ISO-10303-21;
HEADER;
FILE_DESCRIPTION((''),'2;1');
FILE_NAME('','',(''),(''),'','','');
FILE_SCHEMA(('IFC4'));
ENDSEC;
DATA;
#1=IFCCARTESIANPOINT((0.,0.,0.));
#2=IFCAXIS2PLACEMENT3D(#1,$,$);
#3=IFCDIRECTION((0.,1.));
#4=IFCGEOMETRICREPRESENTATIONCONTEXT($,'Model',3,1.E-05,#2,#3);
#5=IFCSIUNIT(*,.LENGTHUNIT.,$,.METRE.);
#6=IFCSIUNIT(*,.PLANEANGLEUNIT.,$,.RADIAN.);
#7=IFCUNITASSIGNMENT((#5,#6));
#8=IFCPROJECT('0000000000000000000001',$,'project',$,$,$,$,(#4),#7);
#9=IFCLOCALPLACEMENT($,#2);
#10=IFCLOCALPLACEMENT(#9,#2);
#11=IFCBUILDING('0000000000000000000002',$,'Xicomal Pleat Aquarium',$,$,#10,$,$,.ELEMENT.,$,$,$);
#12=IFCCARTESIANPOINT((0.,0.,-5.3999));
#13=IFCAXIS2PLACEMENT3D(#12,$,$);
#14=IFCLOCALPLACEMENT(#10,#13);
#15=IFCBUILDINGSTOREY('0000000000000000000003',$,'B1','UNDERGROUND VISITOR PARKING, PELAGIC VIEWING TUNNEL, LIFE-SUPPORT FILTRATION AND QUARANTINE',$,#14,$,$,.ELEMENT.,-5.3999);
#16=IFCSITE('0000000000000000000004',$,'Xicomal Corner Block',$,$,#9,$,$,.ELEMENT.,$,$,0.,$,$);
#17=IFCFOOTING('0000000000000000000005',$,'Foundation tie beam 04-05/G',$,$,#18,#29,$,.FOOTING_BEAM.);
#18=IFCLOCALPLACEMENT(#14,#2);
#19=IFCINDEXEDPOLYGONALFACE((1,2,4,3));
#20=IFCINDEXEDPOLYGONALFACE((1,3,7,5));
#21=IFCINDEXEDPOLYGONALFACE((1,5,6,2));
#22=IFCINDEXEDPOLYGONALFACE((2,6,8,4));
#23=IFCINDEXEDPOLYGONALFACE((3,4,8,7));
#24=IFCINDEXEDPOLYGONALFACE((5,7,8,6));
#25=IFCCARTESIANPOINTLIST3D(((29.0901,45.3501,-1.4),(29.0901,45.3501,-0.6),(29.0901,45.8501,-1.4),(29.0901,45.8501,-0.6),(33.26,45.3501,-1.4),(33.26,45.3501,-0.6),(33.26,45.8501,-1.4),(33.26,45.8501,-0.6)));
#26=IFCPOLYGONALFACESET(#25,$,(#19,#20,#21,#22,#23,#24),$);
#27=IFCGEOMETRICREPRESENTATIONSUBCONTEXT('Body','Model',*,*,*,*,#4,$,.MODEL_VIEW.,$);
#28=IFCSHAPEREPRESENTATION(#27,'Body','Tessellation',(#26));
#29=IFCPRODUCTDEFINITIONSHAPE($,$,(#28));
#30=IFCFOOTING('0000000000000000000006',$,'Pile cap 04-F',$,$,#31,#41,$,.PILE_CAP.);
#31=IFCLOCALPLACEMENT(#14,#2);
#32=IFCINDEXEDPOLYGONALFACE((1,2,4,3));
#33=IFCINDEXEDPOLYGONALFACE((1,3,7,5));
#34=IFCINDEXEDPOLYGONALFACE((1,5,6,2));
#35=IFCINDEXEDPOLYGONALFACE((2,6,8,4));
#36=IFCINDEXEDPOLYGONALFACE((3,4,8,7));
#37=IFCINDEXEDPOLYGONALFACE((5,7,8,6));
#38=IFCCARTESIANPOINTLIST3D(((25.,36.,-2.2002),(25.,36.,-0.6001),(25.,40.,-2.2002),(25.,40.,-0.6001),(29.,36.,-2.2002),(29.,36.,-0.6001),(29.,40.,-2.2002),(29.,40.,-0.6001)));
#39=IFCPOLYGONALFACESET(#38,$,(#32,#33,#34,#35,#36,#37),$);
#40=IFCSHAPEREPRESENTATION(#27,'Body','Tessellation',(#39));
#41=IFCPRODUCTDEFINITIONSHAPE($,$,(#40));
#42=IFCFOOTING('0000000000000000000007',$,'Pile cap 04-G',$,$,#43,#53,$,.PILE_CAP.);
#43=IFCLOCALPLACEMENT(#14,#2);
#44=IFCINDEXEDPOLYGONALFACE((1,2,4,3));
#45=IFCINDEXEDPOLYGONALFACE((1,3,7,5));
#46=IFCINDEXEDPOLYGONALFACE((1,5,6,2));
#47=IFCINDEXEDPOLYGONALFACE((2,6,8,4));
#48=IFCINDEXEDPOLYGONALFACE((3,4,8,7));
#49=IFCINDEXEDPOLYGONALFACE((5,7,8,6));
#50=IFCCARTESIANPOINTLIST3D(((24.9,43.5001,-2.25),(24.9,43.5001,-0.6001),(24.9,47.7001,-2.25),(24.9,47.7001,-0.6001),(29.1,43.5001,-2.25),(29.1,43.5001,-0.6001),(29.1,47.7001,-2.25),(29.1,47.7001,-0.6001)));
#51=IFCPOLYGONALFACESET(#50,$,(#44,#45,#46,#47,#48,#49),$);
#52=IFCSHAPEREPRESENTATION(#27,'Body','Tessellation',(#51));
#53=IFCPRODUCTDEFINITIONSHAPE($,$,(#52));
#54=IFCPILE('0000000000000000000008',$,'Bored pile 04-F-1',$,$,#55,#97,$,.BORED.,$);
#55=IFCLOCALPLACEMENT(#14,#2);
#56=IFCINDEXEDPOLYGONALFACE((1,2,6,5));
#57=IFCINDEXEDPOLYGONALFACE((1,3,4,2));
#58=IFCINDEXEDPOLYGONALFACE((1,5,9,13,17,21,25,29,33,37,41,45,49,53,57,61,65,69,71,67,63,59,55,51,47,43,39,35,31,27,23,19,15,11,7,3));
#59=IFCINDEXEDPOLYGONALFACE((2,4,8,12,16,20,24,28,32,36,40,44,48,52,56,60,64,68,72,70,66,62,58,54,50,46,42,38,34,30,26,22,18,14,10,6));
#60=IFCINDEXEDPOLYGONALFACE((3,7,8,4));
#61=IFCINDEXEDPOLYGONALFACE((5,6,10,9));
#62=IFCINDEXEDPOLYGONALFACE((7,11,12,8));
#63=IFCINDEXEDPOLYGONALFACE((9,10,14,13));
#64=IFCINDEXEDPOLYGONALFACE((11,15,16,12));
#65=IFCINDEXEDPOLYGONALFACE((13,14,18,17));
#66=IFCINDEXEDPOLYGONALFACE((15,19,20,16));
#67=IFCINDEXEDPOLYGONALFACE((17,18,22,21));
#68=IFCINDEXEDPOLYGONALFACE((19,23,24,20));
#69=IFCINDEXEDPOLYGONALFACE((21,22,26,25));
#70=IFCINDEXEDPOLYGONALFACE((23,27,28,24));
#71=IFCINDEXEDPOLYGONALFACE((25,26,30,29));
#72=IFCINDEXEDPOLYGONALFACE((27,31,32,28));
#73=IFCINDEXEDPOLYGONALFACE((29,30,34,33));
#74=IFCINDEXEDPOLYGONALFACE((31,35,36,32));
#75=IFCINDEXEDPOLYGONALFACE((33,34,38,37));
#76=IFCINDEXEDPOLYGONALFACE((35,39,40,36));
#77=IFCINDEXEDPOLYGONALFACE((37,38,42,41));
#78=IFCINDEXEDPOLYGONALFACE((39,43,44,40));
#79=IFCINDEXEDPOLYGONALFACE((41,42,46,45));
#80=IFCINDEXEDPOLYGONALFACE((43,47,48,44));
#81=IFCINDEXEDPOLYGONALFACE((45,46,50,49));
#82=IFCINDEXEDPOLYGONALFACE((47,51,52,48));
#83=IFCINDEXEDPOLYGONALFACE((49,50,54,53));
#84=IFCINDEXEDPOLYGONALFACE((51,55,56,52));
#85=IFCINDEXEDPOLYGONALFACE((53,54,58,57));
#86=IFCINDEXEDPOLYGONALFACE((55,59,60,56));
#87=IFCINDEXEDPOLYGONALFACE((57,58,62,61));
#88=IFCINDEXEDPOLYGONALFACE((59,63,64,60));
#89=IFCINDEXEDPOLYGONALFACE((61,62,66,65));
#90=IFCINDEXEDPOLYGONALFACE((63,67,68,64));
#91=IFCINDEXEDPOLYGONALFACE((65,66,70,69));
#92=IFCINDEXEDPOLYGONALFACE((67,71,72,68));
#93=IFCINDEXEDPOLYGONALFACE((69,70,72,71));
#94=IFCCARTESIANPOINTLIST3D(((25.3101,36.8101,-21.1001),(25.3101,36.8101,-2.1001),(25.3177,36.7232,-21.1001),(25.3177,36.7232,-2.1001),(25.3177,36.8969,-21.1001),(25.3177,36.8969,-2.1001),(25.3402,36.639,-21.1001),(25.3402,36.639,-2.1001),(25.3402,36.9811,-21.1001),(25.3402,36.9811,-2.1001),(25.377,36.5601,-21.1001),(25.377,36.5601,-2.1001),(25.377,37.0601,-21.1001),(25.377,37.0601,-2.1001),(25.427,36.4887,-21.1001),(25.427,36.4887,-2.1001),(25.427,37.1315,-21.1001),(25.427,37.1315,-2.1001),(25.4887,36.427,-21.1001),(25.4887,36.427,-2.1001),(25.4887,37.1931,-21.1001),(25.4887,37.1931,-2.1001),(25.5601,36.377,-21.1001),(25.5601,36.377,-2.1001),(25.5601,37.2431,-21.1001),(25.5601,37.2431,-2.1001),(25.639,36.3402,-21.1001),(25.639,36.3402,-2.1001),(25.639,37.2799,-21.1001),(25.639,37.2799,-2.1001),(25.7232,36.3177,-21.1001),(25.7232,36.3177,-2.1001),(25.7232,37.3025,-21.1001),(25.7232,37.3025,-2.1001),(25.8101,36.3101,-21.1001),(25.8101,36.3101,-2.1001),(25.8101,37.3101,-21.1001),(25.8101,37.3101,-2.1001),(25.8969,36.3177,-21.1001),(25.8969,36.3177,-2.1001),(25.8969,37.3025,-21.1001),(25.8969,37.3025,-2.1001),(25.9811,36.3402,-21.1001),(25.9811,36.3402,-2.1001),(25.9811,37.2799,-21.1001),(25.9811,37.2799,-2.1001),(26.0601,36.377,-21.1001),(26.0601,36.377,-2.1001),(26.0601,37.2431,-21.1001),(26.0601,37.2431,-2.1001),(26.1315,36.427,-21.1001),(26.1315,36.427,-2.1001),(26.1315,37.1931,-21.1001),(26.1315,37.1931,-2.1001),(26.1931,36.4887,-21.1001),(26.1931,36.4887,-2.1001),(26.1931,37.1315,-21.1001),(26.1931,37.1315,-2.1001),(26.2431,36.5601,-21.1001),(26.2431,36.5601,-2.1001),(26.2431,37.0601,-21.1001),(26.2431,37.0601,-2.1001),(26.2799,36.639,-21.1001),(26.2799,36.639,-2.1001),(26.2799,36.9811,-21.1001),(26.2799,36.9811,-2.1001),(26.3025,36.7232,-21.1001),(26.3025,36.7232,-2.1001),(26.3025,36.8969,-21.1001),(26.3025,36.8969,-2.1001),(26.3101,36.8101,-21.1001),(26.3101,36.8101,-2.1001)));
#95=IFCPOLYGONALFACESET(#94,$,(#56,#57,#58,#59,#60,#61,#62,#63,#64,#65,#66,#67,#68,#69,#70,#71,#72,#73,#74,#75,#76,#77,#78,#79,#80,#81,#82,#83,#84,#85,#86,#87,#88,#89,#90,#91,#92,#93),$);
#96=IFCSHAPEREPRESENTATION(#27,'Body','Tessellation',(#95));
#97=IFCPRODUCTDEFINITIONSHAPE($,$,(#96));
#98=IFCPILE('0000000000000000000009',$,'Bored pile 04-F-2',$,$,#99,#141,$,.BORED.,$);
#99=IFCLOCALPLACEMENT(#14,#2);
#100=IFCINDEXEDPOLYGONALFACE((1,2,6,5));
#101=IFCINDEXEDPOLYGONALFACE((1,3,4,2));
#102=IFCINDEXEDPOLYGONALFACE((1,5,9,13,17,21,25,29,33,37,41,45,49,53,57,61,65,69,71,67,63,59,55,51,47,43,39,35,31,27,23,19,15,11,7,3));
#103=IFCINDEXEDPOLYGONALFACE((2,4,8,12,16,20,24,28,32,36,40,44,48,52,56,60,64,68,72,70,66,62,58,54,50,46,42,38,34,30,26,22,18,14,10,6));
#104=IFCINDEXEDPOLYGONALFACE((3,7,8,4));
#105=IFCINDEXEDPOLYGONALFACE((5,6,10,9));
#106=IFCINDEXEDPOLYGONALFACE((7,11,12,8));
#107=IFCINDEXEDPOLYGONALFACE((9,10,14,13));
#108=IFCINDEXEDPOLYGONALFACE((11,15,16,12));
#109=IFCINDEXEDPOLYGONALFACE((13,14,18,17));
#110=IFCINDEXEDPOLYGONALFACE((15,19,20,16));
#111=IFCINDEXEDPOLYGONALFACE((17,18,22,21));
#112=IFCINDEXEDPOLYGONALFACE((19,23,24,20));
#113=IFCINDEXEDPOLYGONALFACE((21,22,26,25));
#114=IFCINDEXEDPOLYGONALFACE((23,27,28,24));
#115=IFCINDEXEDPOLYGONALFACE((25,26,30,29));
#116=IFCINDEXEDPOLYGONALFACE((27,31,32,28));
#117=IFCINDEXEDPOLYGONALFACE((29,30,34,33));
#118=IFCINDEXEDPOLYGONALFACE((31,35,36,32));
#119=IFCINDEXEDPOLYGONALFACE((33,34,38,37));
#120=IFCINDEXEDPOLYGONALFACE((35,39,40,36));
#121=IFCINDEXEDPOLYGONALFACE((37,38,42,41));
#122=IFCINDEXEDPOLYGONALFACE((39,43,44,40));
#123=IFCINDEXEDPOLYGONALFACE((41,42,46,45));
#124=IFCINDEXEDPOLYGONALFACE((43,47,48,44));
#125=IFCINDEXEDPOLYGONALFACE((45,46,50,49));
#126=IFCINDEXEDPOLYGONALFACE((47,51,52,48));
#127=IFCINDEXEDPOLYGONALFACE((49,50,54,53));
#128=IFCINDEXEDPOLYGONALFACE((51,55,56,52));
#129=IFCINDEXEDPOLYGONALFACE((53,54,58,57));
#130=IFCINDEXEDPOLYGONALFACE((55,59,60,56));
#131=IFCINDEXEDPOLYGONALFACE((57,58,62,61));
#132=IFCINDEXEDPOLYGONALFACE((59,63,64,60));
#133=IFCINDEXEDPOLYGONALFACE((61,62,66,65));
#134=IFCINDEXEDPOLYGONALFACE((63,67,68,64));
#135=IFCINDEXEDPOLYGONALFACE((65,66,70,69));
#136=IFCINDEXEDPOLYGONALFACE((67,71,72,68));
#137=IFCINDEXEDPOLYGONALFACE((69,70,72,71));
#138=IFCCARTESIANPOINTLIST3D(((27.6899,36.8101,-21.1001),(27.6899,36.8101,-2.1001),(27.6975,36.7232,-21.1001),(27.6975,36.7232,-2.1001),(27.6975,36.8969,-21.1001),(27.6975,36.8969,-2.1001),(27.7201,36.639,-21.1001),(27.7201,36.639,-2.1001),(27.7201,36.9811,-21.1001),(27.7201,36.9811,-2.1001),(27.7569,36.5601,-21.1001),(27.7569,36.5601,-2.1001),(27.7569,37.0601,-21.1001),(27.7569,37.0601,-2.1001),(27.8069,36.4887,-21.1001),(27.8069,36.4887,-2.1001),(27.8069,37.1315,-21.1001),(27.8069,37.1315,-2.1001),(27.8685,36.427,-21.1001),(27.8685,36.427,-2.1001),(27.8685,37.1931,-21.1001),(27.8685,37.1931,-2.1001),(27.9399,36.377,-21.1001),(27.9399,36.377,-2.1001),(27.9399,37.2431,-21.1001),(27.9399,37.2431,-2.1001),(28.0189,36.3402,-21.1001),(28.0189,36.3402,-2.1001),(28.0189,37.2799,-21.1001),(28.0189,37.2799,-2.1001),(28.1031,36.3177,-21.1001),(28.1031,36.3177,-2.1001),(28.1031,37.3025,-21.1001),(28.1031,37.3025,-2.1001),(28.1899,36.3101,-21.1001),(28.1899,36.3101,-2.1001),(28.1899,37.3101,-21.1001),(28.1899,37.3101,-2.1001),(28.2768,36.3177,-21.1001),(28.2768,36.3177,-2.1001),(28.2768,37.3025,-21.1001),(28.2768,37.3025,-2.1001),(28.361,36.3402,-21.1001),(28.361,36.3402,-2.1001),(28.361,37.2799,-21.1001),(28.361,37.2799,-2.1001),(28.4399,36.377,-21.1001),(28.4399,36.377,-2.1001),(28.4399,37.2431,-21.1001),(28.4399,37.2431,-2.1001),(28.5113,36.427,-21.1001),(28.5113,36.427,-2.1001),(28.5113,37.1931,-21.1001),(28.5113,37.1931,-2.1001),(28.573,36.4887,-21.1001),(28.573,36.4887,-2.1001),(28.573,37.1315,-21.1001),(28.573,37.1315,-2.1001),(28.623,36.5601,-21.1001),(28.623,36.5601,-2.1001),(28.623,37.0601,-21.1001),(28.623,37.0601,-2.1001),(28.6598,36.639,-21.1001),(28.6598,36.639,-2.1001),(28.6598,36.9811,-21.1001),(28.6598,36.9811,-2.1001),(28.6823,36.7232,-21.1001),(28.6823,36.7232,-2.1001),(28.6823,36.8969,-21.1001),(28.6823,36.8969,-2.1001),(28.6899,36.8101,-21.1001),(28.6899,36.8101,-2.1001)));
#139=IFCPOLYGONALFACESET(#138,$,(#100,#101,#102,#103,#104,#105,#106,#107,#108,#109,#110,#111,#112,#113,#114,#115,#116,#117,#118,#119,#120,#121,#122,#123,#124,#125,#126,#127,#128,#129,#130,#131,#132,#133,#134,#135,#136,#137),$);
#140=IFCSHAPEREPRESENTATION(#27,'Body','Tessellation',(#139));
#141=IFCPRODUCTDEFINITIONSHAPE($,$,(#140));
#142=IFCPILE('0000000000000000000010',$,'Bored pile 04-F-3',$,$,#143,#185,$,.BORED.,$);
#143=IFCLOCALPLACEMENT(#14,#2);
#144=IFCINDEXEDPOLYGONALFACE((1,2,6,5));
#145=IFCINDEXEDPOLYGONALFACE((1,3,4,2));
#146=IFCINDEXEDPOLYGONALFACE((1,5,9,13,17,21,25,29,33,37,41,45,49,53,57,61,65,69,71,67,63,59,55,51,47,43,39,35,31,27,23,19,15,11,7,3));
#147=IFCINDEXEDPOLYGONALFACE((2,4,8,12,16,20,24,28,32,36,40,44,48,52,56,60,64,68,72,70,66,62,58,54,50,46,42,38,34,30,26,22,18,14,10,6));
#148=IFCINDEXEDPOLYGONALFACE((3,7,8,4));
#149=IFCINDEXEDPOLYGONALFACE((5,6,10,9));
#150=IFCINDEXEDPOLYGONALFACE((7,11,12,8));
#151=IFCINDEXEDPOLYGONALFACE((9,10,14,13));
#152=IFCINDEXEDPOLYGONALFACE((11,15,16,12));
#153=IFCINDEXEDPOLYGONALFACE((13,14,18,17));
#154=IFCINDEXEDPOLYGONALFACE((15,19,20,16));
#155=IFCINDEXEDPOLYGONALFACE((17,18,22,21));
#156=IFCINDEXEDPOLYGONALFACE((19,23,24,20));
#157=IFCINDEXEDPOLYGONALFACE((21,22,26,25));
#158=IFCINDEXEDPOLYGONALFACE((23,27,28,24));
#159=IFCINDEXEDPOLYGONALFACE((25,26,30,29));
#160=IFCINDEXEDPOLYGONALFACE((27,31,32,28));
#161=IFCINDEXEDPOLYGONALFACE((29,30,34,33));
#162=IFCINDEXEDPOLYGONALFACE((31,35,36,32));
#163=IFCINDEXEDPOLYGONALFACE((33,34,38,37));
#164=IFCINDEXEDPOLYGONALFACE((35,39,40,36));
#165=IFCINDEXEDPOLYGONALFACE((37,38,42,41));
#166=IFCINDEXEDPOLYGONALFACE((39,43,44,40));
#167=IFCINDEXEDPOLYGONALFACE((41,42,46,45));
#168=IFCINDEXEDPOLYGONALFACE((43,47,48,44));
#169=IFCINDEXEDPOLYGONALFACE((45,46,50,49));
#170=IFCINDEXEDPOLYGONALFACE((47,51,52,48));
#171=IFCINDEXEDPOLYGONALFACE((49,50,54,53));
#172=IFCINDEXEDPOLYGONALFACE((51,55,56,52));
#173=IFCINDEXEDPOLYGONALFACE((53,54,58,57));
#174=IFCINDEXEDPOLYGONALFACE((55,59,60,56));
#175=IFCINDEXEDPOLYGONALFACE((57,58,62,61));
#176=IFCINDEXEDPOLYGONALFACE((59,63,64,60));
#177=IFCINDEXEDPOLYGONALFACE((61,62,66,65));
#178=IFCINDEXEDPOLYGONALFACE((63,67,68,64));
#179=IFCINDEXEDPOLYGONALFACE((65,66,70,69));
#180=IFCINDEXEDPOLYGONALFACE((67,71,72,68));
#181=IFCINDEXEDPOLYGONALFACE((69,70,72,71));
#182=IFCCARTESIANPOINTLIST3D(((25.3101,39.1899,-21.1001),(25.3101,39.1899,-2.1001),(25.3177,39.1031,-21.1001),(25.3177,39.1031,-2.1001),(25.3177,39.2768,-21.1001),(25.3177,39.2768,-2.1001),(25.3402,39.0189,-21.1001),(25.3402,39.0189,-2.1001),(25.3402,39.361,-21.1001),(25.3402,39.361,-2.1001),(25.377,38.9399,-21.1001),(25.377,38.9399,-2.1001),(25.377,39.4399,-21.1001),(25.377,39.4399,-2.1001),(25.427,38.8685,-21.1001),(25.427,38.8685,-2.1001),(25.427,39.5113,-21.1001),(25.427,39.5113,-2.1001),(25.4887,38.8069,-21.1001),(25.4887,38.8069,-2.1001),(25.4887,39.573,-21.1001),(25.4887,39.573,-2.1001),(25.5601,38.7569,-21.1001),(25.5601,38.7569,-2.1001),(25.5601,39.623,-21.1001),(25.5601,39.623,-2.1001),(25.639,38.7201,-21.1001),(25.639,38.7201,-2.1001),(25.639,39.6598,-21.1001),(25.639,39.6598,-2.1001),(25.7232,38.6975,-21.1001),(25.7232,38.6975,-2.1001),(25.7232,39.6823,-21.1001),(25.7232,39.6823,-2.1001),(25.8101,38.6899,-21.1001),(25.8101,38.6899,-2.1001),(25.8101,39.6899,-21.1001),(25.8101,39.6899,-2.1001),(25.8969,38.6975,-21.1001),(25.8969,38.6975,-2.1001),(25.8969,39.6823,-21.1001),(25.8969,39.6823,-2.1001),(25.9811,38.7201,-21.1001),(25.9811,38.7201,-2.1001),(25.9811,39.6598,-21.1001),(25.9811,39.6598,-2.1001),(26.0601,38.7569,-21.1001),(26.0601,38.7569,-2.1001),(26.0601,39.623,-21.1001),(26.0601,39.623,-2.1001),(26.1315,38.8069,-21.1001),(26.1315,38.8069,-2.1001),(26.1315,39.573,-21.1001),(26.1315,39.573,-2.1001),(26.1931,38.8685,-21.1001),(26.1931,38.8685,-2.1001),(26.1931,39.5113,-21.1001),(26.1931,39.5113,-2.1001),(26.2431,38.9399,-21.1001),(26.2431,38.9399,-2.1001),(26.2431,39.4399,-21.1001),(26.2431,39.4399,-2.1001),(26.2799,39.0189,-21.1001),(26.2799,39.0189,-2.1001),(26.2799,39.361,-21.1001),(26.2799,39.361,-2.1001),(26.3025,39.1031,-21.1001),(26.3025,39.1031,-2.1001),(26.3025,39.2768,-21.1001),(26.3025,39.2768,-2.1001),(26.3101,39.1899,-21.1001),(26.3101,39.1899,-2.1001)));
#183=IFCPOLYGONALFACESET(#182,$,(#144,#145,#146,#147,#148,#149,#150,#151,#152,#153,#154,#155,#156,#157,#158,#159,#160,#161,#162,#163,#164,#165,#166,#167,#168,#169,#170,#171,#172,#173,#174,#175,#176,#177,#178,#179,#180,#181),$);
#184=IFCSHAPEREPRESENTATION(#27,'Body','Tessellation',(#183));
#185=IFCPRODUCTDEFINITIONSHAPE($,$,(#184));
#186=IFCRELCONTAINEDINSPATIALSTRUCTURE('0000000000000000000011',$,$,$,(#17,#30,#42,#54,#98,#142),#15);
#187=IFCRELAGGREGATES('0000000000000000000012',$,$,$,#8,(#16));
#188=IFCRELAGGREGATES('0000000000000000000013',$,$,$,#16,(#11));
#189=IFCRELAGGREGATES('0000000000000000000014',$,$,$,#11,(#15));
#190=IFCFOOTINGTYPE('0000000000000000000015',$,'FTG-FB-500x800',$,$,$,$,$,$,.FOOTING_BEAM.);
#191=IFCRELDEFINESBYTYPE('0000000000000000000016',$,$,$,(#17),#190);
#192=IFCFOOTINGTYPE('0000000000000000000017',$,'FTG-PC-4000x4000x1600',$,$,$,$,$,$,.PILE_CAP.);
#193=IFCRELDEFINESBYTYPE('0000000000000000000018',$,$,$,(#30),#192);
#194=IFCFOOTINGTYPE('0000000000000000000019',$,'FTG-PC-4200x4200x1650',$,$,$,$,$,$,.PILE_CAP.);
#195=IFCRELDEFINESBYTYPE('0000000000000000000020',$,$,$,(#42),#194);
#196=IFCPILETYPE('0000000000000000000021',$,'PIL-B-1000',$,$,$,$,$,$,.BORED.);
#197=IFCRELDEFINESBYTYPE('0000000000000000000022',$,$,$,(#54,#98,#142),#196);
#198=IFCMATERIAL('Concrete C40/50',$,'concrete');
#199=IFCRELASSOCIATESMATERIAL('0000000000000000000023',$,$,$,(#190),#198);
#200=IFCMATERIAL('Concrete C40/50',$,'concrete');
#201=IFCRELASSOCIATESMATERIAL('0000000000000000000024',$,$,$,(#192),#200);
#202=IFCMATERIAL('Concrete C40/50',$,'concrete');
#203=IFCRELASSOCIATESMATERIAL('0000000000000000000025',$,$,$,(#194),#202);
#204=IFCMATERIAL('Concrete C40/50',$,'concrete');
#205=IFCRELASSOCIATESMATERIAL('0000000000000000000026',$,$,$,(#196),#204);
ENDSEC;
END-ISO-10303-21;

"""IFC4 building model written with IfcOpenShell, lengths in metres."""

from ifc_helpers import new_model, si_unit, direction, frame, origin, origin_2d, place, context, subcontext, project, spatial, rectangle, circle, extrude, material, material_profile, profile_set, type_object, element, save


model = new_model("IFC4")

# Units and contexts
model_context = context("Model", 3, precision=1e-05, world=origin(), true_north=direction((0.0, 1.0)))
body_context = subcontext(model_context, "Body", "Model", "MODEL_VIEW")
ifc_project = project(units=[si_unit("LENGTHUNIT", "METRE"), si_unit("PLANEANGLEUNIT", "RADIAN")], contexts=[model_context])

# Site, building, storey
site_placement = place(None, origin())
site = spatial("IfcSite", under=ifc_project, at=site_placement, Name="Xicomal Corner Block", CompositionType="ELEMENT", RefElevation=0.0)
building_placement = place(site_placement, origin())
building = spatial("IfcBuilding", under=site, at=building_placement, Name="Xicomal Pleat Aquarium", CompositionType="ELEMENT")
storey_placement = place(building_placement, frame((0.0, 0.0, -5.3999)))
storey = spatial("IfcBuildingStorey", under=building, at=storey_placement, Name="B1", Description="UNDERGROUND VISITOR PARKING, PELAGIC VIEWING TUNNEL, LIFE-SUPPORT FILTRATION AND QUARANTINE", CompositionType="ELEMENT", Elevation=-5.3999)

# Footings
ifc_material_1 = material(Name="Concrete C40/50", Category="concrete")
ifc_material_profile_1 = material_profile(ifc_material_1, rectangle(XDim=0.5, YDim=0.8, at=origin_2d()), Name="FB-01 500x800")
ifc_profile_set_1 = profile_set([ifc_material_profile_1], Name="Concrete C40/50")
footing_type_1 = type_object("IfcFootingType", Name="FTG-FB-500x800", PredefinedType="FOOTING_BEAM", material=ifc_profile_set_1)
footing_1_placement = place(storey_placement, frame((29.0901, 45.6001, -1.0), z_axis=(1.0, 0.0, 0.0), x_axis=(0.0, 1.0, 0.0)))
element("IfcFooting", 1, at=footing_1_placement, inside=storey, type_object=footing_type_1, Name="Foundation tie beam 04-05/G", PredefinedType="FOOTING_BEAM", context=body_context, shape_type="SweptSolid", body=[
    extrude(rectangle(XDim=0.5, YDim=0.8, at=origin_2d()), origin(), (0.0, 0.0, 1.0), 4.1699),
])
ifc_material_2 = material(Name="Concrete C40/50", Category="concrete")
footing_type_2 = type_object("IfcFootingType", Name="FTG-PC-4000x4000x1600", PredefinedType="PILE_CAP", material=ifc_material_2)
footing_2_placement = place(storey_placement, frame((27.0, 38.0, -2.2002), z_axis=(0.0, 0.0, 1.0), x_axis=(1.0, 0.0, 0.0)))
element("IfcFooting", 2, at=footing_2_placement, inside=storey, type_object=footing_type_2, Name="Pile cap 04-F", PredefinedType="PILE_CAP", context=body_context, shape_type="SweptSolid", body=[
    extrude(rectangle(XDim=4.0, YDim=4.0, at=origin_2d()), origin(), (0.0, 0.0, 1.0), 1.6001),
])
ifc_material_3 = material(Name="Concrete C40/50", Category="concrete")
footing_type_3 = type_object("IfcFootingType", Name="FTG-PC-4200x4200x1650", PredefinedType="PILE_CAP", material=ifc_material_3)
footing_3_placement = place(storey_placement, frame((27.0, 45.6001, -2.25), z_axis=(0.0, 0.0, 1.0), x_axis=(1.0, 0.0, 0.0)))
element("IfcFooting", 3, at=footing_3_placement, inside=storey, type_object=footing_type_3, Name="Pile cap 04-G", PredefinedType="PILE_CAP", context=body_context, shape_type="SweptSolid", body=[
    extrude(rectangle(XDim=4.2, YDim=4.2, at=origin_2d()), origin(), (0.0, 0.0, 1.0), 1.6499),
])

# Piles
ifc_material_4 = material(Name="Concrete C40/50", Category="concrete")
ifc_material_profile_2 = material_profile(ifc_material_4, circle(Radius=0.5, at=origin_2d()), Name="BORED PILE D1000")
ifc_profile_set_2 = profile_set([ifc_material_profile_2], Name="Concrete C40/50")
pile_type_1 = type_object("IfcPileType", Name="PIL-B-1000", PredefinedType="BORED", material=ifc_profile_set_2)
for number, where, z_axis, x_axis, name in (
    (4, (25.8101, 36.8101, -2.1001), (0.0, 0.0, -1.0), (1.0, 0.0, 0.0), "Bored pile 04-F-1"),
    (5, (28.1899, 36.8101, -2.1001), (0.0, 0.0, -1.0), (1.0, 0.0, 0.0), "Bored pile 04-F-2"),
    (6, (25.8101, 39.1899, -2.1001), (0.0, 0.0, -1.0), (1.0, 0.0, 0.0), "Bored pile 04-F-3"),
):
    element("IfcPile", number, at=place(storey_placement, frame(where, z_axis=z_axis, x_axis=x_axis)), inside=storey, type_object=pile_type_1, Name=name, PredefinedType="BORED", context=body_context, shape_type="SweptSolid", body=[
        extrude(circle(Radius=0.5, at=origin_2d()), origin(), (0.0, 0.0, 1.0), 19.0),
    ])

save(model, "model.ifc")
